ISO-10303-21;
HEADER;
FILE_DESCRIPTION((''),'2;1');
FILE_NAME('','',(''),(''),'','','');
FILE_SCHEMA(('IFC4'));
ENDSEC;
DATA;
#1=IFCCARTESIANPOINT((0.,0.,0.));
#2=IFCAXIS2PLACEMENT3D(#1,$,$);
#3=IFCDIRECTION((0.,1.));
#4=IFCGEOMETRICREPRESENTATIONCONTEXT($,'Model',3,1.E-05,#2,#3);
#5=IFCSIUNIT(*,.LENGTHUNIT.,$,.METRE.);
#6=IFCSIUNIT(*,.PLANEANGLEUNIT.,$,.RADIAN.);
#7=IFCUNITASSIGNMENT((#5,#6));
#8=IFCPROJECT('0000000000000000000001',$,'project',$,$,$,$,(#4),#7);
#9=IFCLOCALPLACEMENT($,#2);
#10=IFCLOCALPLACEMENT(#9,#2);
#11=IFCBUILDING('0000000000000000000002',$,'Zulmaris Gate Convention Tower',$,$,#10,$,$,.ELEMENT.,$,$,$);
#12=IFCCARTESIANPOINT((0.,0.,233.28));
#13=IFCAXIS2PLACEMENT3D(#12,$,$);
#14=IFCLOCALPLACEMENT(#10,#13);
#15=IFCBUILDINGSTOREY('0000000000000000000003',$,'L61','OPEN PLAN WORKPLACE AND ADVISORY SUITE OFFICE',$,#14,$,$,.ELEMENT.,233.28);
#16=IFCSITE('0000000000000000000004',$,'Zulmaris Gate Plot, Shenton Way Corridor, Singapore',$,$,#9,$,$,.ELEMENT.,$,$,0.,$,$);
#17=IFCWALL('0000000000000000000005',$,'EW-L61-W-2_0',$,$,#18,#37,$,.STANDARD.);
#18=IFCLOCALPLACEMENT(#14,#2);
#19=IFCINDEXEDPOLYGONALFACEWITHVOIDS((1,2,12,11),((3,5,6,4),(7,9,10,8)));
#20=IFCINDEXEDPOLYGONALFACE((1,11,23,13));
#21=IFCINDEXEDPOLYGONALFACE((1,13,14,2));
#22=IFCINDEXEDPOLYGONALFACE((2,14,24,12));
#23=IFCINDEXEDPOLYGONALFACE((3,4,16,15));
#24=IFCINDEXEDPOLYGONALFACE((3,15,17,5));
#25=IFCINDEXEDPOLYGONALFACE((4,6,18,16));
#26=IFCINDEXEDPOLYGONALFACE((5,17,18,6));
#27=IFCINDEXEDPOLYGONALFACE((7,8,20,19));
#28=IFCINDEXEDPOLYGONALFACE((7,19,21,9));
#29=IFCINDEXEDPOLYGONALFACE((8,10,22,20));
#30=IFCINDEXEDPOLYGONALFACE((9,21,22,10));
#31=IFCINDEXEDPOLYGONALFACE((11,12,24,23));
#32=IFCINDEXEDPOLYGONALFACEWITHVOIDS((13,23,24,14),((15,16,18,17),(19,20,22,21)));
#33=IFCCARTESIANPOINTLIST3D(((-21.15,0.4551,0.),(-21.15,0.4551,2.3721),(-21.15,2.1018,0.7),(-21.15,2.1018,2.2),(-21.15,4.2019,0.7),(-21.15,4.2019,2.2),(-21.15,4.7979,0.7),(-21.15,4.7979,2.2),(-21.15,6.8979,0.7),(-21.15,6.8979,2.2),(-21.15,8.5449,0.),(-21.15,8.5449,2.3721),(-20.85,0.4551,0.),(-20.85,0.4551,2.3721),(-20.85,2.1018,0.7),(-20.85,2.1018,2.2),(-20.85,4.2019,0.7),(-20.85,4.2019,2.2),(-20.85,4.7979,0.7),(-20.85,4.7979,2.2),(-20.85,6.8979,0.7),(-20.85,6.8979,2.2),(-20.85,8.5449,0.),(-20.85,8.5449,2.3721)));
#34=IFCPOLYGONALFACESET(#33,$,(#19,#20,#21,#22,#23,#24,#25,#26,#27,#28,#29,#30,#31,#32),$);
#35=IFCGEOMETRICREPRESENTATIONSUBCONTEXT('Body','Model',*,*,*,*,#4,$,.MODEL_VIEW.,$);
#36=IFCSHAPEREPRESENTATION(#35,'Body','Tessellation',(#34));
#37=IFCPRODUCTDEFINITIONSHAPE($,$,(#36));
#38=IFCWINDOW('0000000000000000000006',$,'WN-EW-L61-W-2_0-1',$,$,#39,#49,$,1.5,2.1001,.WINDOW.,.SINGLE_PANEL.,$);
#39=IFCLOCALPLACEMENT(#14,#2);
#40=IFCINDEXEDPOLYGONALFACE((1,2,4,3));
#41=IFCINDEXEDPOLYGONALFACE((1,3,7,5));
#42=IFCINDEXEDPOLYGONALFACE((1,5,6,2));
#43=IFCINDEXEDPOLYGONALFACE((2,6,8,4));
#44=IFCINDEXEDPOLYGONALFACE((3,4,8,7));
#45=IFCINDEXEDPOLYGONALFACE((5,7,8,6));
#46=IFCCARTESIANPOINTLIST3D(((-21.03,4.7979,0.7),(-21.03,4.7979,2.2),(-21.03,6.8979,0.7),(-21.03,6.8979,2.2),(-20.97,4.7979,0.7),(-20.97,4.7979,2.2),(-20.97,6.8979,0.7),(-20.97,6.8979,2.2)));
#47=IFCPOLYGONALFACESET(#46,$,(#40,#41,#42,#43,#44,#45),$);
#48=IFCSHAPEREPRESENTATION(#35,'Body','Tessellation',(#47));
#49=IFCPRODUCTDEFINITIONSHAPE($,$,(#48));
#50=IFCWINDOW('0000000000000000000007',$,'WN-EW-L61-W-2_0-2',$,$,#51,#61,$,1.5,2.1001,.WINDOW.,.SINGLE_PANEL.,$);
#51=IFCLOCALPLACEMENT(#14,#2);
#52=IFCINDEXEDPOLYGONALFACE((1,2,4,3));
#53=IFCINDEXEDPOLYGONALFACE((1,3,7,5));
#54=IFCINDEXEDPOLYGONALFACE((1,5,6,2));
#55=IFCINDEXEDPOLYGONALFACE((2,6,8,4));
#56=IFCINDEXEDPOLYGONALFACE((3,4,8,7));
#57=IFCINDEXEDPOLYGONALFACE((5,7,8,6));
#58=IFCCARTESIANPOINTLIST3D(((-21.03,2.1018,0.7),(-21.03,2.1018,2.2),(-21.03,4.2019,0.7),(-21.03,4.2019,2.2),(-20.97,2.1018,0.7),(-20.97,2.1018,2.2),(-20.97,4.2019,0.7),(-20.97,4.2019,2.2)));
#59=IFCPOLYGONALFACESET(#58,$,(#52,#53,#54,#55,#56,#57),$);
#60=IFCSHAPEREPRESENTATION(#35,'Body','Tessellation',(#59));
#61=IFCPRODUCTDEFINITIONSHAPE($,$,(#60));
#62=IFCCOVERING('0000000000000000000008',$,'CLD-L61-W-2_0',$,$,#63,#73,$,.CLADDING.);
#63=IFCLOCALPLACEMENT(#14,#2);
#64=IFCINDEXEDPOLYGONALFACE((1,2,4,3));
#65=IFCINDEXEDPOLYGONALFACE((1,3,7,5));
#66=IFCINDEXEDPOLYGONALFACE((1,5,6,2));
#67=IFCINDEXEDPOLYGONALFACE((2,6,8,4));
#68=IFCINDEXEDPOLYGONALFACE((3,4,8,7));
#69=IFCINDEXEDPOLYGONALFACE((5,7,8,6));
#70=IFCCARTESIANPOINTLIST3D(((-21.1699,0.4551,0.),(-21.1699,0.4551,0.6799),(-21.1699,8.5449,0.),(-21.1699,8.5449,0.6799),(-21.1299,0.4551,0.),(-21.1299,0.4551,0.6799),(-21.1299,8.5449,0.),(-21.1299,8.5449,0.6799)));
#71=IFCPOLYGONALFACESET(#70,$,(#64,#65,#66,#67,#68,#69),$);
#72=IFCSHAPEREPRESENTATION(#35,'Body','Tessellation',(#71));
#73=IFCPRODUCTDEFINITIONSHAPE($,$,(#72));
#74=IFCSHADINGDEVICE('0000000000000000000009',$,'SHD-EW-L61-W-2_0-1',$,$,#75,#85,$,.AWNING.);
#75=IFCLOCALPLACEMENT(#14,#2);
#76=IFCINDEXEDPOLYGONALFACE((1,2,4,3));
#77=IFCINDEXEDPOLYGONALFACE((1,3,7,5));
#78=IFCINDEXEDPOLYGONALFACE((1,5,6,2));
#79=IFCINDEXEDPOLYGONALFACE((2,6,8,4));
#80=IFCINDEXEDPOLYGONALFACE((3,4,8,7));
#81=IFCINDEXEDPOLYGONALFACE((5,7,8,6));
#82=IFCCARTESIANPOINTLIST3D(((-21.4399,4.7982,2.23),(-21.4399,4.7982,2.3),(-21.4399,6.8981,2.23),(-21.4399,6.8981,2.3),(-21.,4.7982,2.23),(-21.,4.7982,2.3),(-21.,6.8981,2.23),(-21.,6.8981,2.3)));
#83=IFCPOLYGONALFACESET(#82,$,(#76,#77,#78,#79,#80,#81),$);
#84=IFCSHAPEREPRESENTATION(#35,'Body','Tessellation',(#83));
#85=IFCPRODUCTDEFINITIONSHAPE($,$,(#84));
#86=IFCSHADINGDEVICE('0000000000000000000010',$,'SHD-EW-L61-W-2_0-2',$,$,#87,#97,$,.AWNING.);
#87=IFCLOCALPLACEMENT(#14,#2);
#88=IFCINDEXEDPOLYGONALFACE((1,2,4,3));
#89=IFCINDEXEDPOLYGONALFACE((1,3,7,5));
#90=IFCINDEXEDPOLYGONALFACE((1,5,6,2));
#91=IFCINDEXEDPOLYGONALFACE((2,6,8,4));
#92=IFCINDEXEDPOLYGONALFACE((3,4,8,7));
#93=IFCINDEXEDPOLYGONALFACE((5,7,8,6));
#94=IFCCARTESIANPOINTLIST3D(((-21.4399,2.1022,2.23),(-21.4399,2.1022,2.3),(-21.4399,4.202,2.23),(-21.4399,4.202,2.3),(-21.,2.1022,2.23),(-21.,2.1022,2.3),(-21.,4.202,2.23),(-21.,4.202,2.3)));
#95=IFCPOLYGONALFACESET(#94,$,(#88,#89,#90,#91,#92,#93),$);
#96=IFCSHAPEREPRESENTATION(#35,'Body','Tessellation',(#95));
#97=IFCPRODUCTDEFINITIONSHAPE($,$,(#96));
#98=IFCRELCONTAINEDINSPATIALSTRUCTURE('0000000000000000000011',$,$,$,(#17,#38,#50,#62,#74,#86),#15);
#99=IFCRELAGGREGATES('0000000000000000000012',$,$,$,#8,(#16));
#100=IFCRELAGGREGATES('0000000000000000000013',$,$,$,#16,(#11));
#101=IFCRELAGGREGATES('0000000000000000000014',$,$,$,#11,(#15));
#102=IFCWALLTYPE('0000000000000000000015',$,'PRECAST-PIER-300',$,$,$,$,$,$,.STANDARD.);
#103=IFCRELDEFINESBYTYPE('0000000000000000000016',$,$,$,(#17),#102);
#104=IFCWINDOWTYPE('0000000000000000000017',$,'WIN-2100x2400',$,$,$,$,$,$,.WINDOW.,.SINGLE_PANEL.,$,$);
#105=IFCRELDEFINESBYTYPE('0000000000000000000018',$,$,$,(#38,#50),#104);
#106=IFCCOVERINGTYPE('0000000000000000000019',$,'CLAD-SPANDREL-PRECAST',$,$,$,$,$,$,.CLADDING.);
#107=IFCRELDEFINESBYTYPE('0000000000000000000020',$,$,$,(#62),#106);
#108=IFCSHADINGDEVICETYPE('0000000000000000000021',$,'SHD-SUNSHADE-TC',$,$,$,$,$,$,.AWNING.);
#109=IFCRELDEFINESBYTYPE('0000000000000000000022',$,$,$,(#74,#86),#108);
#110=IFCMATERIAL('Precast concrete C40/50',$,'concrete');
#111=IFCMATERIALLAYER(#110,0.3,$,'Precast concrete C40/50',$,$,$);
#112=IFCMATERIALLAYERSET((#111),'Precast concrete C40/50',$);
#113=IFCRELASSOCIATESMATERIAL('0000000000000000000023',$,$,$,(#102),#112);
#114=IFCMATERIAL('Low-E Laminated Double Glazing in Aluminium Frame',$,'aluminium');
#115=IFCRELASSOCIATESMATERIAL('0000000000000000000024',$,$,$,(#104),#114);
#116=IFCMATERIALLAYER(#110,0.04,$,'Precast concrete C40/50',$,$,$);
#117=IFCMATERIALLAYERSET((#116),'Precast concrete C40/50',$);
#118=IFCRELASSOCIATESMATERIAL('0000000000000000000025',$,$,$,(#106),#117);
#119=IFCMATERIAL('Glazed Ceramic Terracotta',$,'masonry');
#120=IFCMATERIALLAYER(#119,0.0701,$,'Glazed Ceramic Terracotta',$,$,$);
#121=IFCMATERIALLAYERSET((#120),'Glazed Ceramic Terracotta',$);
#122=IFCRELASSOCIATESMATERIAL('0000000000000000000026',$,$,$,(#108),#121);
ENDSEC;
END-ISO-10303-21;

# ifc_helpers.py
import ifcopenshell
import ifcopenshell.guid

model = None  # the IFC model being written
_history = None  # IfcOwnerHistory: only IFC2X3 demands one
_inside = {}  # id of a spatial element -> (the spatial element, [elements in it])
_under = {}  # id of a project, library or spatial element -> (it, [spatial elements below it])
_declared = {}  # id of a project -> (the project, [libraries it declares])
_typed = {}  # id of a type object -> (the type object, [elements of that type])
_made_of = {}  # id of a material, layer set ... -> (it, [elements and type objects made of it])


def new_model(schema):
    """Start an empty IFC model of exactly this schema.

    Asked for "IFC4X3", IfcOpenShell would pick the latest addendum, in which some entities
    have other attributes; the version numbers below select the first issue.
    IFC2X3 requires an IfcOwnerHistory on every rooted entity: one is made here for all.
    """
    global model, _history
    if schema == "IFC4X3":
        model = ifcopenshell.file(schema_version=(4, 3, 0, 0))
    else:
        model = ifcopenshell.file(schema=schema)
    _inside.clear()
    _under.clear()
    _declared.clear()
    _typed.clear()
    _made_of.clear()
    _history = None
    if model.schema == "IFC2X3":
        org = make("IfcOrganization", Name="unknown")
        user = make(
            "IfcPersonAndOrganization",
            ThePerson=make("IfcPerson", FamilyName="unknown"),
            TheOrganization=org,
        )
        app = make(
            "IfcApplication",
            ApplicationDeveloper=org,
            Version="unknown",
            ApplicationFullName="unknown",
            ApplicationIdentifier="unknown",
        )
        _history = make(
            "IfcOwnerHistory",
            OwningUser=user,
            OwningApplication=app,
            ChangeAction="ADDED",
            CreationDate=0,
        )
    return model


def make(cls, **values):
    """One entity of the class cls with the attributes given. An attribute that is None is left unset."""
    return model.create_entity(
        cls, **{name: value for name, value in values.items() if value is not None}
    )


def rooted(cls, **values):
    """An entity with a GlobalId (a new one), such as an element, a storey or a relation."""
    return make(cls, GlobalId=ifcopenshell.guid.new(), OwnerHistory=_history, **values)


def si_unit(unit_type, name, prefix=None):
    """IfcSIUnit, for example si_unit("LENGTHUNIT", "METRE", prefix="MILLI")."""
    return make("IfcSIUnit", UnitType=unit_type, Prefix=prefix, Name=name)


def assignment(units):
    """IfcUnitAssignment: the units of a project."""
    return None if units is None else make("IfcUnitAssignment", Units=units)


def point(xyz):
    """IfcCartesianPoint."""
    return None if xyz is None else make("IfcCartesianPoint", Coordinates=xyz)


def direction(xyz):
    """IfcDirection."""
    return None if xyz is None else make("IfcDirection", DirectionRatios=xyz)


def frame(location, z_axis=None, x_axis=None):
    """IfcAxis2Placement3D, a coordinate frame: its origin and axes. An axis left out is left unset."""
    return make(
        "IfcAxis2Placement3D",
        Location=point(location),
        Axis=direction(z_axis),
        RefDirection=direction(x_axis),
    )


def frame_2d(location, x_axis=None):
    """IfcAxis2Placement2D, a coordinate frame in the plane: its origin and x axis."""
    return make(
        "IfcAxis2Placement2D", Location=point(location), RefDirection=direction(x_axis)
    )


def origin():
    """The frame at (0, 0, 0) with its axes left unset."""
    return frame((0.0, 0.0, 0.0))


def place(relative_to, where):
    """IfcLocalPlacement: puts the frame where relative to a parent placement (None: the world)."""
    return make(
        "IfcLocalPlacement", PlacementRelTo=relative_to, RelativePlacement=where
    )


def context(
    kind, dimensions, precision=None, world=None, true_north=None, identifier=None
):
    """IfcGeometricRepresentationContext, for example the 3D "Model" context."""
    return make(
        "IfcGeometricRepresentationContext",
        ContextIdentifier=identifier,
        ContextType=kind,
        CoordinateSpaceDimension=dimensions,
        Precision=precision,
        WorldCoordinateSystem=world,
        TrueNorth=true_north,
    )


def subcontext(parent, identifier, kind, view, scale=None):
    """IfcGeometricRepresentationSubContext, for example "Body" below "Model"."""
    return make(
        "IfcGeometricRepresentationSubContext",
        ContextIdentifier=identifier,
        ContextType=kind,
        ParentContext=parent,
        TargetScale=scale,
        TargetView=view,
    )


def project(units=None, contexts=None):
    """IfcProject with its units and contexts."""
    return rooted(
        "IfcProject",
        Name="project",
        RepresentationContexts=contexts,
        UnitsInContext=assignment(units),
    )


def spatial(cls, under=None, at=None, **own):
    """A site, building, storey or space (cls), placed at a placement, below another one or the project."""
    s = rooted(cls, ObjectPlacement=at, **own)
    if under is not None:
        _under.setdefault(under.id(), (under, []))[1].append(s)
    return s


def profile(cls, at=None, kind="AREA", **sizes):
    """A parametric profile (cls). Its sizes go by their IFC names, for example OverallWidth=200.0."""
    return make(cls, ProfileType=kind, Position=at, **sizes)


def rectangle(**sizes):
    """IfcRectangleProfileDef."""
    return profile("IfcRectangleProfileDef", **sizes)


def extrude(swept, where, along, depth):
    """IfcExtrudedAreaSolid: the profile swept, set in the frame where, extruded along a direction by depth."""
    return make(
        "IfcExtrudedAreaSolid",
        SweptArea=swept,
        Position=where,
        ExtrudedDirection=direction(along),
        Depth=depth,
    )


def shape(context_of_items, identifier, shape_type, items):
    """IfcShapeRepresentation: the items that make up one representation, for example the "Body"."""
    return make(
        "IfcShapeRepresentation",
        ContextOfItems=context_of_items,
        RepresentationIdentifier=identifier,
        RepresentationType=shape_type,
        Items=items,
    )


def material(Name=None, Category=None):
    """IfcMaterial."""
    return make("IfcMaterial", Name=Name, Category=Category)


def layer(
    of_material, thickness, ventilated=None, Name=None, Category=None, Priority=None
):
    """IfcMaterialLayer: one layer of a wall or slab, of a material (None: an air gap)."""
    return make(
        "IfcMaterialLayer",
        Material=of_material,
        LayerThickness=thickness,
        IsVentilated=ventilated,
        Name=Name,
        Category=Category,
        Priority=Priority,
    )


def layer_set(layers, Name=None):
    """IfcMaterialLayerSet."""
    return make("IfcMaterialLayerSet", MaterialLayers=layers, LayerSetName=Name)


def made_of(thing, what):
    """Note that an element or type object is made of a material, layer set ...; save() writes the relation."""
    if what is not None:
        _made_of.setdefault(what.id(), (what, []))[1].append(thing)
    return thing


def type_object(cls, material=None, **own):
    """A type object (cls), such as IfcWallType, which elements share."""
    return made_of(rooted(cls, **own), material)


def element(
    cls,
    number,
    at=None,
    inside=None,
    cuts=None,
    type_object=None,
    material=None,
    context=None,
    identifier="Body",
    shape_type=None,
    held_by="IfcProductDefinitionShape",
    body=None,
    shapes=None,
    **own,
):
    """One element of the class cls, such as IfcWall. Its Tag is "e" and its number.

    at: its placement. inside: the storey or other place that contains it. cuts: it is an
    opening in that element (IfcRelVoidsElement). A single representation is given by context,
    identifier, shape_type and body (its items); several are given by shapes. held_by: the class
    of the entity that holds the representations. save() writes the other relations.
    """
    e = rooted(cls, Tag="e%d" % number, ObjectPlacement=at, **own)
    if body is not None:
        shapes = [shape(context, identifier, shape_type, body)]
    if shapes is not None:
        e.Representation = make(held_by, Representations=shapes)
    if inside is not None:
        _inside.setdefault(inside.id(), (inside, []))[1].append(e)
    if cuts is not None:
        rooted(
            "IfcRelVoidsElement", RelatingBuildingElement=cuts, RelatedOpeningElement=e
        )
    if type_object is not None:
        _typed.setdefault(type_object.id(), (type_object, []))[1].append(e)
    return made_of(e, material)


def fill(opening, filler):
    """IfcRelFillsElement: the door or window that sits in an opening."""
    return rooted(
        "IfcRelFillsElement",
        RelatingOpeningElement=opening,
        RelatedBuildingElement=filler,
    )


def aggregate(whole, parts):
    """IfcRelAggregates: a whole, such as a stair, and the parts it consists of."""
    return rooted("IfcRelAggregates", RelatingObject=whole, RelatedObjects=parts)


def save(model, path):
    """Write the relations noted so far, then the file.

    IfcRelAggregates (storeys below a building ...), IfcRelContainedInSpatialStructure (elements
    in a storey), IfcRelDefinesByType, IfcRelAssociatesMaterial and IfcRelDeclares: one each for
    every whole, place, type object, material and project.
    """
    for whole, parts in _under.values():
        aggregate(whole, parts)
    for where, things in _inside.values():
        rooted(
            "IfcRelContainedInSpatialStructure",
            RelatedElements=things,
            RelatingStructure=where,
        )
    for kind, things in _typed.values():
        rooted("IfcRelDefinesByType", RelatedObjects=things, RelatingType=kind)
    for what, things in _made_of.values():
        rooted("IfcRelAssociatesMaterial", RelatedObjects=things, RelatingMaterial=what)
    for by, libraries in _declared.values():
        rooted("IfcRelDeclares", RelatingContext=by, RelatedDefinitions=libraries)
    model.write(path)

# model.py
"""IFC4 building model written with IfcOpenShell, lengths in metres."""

from ifc_helpers import new_model, si_unit, direction, frame, frame_2d, origin, place, context, subcontext, project, spatial, rectangle, extrude, material, layer, layer_set, type_object, element, fill, save


model = new_model("IFC4")

# Units and contexts
model_context = context("Model", 3, precision=1e-05, world=origin(), true_north=direction((0.0, 1.0)))
body_context = subcontext(model_context, "Body", "Model", "MODEL_VIEW")
ifc_project = project(units=[si_unit("LENGTHUNIT", "METRE"), si_unit("PLANEANGLEUNIT", "RADIAN")], contexts=[model_context])

# Site, building, storey
site_placement = place(None, origin())
site = spatial("IfcSite", under=ifc_project, at=site_placement, Name="Zulmaris Gate Plot, Shenton Way Corridor, Singapore", CompositionType="ELEMENT", RefElevation=0.0)
building_placement = place(site_placement, origin())
building = spatial("IfcBuilding", under=site, at=building_placement, Name="Zulmaris Gate Convention Tower", CompositionType="ELEMENT")
storey_placement = place(building_placement, frame((0.0, 0.0, 233.28)))
storey = spatial("IfcBuildingStorey", under=building, at=storey_placement, Name="L61", Description="OPEN PLAN WORKPLACE AND ADVISORY SUITE OFFICE", CompositionType="ELEMENT", Elevation=233.28)

# Wall, openings, windows
ifc_material_1 = material(Name="Precast concrete C40/50", Category="concrete")
ifc_layer_1 = layer(ifc_material_1, 0.3, Name="Precast concrete C40/50")
ifc_layer_set_1 = layer_set([ifc_layer_1], Name="Precast concrete C40/50")
wall_type_1 = type_object("IfcWallType", Name="PRECAST-PIER-300", PredefinedType="STANDARD", material=ifc_layer_set_1)
wall_1_placement = place(storey_placement, frame((-21.0, 8.5449, 0.0), z_axis=(0.0, 0.0, 1.0), x_axis=(0.0, -1.0, 0.0)))
wall_1 = element("IfcWall", 1, at=wall_1_placement, inside=storey, type_object=wall_type_1, Name="EW-L61-W-2_0", PredefinedType="STANDARD", context=body_context, shape_type="SweptSolid", body=[
    extrude(rectangle(XDim=8.0898, YDim=0.3, at=frame_2d((4.0449, 0.0))), origin(), (0.0, 0.0, 1.0), 2.3721),
])
opening_1_placement = place(wall_1_placement, frame((1.647, 0.0, 0.7)))
opening_1 = element("IfcOpeningElement", 2, at=opening_1_placement, cuts=wall_1, PredefinedType="OPENING", context=body_context, shape_type="SweptSolid", body=[
    extrude(rectangle(XDim=2.1001, YDim=1.5, at=frame_2d((1.05, 0.75))), frame((0.0, 0.1602, 0.0), z_axis=(0.0, -1.0, 0.0), x_axis=(1.0, 0.0, 0.0)), (0.0, 0.0, 1.0), 0.3201),
])
opening_2_placement = place(wall_1_placement, frame((4.343, 0.0, 0.7)))
opening_2 = element("IfcOpeningElement", 3, at=opening_2_placement, cuts=wall_1, PredefinedType="OPENING", context=body_context, shape_type="SweptSolid", body=[
    extrude(rectangle(XDim=2.1001, YDim=1.5, at=frame_2d((1.05, 0.75))), frame((0.0, 0.1602, 0.0), z_axis=(0.0, -1.0, 0.0), x_axis=(1.0, 0.0, 0.0)), (0.0, 0.0, 1.0), 0.3201),
])
ifc_material_2 = material(Name="Low-E Laminated Double Glazing in Aluminium Frame", Category="aluminium")
window_type = type_object("IfcWindowType", Name="WIN-2100x2400", PartitioningType="SINGLE_PANEL", PredefinedType="WINDOW", material=ifc_material_2)
window_1_placement = place(opening_1_placement, origin())
window_1 = element("IfcWindow", 4, at=window_1_placement, inside=storey, type_object=window_type, Name="WN-EW-L61-W-2_0-1", OverallHeight=1.5, OverallWidth=2.1001, PartitioningType="SINGLE_PANEL", PredefinedType="WINDOW", context=body_context, shape_type="SweptSolid", body=[
    extrude(rectangle(XDim=2.1001, YDim=1.5, at=frame_2d((1.05, 0.75))), frame((0.0, 0.03, 0.0), z_axis=(0.0, -1.0, 0.0), x_axis=(1.0, 0.0, 0.0)), (0.0, 0.0, 1.0), 0.0601),
])
fill(opening_1, window_1)
window_2_placement = place(opening_2_placement, origin())
window_2 = element("IfcWindow", 5, at=window_2_placement, inside=storey, type_object=window_type, Name="WN-EW-L61-W-2_0-2", OverallHeight=1.5, OverallWidth=2.1001, PartitioningType="SINGLE_PANEL", PredefinedType="WINDOW", context=body_context, shape_type="SweptSolid", body=[
    extrude(rectangle(XDim=2.1001, YDim=1.5, at=frame_2d((1.05, 0.75))), frame((0.0, 0.03, 0.0), z_axis=(0.0, -1.0, 0.0), x_axis=(1.0, 0.0, 0.0)), (0.0, 0.0, 1.0), 0.0601),
])
fill(opening_2, window_2)

# Covering
ifc_layer_2 = layer(ifc_material_1, 0.04, Name="Precast concrete C40/50")
ifc_layer_set_2 = layer_set([ifc_layer_2], Name="Precast concrete C40/50")
covering_type = type_object("IfcCoveringType", Name="CLAD-SPANDREL-PRECAST", PredefinedType="CLADDING", material=ifc_layer_set_2)
covering_placement = place(storey_placement, frame((-21.1499, 8.5449, 0.0), z_axis=(0.0, 0.0, 1.0), x_axis=(0.0, -1.0, 0.0)))
element("IfcCovering", 6, at=covering_placement, inside=storey, type_object=covering_type, Name="CLD-L61-W-2_0", PredefinedType="CLADDING", context=body_context, shape_type="SweptSolid", body=[
    extrude(rectangle(XDim=8.0898, YDim=0.04, at=frame_2d((4.0449, 0.0))), origin(), (0.0, 0.0, 1.0), 0.6799),
])

# Shading devices
ifc_material_3 = material(Name="Glazed Ceramic Terracotta", Category="masonry")
ifc_layer_3 = layer(ifc_material_3, 0.0701, Name="Glazed Ceramic Terracotta")
ifc_layer_set_3 = layer_set([ifc_layer_3], Name="Glazed Ceramic Terracotta")
shading_device_type = type_object("IfcShadingDeviceType", Name="SHD-SUNSHADE-TC", PredefinedType="AWNING", material=ifc_layer_set_3)
for number, where, z_axis, x_axis, name in (
    (7, (-21.22, 6.8979, 2.23), (0.0, 0.0, 1.0), (0.0, -1.0, 0.0), "SHD-EW-L61-W-2_0-1"),
    (8, (-21.22, 4.2019, 2.23), (0.0, 0.0, 1.0), (0.0, -1.0, 0.0), "SHD-EW-L61-W-2_0-2"),
):
    element("IfcShadingDevice", number, at=place(storey_placement, frame(where, z_axis=z_axis, x_axis=x_axis)), inside=storey, type_object=shading_device_type, Name=name, PredefinedType="AWNING", context=body_context, shape_type="SweptSolid", body=[
        extrude(rectangle(XDim=2.0999, YDim=0.4399, at=frame_2d((1.0498, 0.0))), origin(), (0.0, 0.0, 1.0), 0.0701),
    ])

save(model, "model.ifc")
